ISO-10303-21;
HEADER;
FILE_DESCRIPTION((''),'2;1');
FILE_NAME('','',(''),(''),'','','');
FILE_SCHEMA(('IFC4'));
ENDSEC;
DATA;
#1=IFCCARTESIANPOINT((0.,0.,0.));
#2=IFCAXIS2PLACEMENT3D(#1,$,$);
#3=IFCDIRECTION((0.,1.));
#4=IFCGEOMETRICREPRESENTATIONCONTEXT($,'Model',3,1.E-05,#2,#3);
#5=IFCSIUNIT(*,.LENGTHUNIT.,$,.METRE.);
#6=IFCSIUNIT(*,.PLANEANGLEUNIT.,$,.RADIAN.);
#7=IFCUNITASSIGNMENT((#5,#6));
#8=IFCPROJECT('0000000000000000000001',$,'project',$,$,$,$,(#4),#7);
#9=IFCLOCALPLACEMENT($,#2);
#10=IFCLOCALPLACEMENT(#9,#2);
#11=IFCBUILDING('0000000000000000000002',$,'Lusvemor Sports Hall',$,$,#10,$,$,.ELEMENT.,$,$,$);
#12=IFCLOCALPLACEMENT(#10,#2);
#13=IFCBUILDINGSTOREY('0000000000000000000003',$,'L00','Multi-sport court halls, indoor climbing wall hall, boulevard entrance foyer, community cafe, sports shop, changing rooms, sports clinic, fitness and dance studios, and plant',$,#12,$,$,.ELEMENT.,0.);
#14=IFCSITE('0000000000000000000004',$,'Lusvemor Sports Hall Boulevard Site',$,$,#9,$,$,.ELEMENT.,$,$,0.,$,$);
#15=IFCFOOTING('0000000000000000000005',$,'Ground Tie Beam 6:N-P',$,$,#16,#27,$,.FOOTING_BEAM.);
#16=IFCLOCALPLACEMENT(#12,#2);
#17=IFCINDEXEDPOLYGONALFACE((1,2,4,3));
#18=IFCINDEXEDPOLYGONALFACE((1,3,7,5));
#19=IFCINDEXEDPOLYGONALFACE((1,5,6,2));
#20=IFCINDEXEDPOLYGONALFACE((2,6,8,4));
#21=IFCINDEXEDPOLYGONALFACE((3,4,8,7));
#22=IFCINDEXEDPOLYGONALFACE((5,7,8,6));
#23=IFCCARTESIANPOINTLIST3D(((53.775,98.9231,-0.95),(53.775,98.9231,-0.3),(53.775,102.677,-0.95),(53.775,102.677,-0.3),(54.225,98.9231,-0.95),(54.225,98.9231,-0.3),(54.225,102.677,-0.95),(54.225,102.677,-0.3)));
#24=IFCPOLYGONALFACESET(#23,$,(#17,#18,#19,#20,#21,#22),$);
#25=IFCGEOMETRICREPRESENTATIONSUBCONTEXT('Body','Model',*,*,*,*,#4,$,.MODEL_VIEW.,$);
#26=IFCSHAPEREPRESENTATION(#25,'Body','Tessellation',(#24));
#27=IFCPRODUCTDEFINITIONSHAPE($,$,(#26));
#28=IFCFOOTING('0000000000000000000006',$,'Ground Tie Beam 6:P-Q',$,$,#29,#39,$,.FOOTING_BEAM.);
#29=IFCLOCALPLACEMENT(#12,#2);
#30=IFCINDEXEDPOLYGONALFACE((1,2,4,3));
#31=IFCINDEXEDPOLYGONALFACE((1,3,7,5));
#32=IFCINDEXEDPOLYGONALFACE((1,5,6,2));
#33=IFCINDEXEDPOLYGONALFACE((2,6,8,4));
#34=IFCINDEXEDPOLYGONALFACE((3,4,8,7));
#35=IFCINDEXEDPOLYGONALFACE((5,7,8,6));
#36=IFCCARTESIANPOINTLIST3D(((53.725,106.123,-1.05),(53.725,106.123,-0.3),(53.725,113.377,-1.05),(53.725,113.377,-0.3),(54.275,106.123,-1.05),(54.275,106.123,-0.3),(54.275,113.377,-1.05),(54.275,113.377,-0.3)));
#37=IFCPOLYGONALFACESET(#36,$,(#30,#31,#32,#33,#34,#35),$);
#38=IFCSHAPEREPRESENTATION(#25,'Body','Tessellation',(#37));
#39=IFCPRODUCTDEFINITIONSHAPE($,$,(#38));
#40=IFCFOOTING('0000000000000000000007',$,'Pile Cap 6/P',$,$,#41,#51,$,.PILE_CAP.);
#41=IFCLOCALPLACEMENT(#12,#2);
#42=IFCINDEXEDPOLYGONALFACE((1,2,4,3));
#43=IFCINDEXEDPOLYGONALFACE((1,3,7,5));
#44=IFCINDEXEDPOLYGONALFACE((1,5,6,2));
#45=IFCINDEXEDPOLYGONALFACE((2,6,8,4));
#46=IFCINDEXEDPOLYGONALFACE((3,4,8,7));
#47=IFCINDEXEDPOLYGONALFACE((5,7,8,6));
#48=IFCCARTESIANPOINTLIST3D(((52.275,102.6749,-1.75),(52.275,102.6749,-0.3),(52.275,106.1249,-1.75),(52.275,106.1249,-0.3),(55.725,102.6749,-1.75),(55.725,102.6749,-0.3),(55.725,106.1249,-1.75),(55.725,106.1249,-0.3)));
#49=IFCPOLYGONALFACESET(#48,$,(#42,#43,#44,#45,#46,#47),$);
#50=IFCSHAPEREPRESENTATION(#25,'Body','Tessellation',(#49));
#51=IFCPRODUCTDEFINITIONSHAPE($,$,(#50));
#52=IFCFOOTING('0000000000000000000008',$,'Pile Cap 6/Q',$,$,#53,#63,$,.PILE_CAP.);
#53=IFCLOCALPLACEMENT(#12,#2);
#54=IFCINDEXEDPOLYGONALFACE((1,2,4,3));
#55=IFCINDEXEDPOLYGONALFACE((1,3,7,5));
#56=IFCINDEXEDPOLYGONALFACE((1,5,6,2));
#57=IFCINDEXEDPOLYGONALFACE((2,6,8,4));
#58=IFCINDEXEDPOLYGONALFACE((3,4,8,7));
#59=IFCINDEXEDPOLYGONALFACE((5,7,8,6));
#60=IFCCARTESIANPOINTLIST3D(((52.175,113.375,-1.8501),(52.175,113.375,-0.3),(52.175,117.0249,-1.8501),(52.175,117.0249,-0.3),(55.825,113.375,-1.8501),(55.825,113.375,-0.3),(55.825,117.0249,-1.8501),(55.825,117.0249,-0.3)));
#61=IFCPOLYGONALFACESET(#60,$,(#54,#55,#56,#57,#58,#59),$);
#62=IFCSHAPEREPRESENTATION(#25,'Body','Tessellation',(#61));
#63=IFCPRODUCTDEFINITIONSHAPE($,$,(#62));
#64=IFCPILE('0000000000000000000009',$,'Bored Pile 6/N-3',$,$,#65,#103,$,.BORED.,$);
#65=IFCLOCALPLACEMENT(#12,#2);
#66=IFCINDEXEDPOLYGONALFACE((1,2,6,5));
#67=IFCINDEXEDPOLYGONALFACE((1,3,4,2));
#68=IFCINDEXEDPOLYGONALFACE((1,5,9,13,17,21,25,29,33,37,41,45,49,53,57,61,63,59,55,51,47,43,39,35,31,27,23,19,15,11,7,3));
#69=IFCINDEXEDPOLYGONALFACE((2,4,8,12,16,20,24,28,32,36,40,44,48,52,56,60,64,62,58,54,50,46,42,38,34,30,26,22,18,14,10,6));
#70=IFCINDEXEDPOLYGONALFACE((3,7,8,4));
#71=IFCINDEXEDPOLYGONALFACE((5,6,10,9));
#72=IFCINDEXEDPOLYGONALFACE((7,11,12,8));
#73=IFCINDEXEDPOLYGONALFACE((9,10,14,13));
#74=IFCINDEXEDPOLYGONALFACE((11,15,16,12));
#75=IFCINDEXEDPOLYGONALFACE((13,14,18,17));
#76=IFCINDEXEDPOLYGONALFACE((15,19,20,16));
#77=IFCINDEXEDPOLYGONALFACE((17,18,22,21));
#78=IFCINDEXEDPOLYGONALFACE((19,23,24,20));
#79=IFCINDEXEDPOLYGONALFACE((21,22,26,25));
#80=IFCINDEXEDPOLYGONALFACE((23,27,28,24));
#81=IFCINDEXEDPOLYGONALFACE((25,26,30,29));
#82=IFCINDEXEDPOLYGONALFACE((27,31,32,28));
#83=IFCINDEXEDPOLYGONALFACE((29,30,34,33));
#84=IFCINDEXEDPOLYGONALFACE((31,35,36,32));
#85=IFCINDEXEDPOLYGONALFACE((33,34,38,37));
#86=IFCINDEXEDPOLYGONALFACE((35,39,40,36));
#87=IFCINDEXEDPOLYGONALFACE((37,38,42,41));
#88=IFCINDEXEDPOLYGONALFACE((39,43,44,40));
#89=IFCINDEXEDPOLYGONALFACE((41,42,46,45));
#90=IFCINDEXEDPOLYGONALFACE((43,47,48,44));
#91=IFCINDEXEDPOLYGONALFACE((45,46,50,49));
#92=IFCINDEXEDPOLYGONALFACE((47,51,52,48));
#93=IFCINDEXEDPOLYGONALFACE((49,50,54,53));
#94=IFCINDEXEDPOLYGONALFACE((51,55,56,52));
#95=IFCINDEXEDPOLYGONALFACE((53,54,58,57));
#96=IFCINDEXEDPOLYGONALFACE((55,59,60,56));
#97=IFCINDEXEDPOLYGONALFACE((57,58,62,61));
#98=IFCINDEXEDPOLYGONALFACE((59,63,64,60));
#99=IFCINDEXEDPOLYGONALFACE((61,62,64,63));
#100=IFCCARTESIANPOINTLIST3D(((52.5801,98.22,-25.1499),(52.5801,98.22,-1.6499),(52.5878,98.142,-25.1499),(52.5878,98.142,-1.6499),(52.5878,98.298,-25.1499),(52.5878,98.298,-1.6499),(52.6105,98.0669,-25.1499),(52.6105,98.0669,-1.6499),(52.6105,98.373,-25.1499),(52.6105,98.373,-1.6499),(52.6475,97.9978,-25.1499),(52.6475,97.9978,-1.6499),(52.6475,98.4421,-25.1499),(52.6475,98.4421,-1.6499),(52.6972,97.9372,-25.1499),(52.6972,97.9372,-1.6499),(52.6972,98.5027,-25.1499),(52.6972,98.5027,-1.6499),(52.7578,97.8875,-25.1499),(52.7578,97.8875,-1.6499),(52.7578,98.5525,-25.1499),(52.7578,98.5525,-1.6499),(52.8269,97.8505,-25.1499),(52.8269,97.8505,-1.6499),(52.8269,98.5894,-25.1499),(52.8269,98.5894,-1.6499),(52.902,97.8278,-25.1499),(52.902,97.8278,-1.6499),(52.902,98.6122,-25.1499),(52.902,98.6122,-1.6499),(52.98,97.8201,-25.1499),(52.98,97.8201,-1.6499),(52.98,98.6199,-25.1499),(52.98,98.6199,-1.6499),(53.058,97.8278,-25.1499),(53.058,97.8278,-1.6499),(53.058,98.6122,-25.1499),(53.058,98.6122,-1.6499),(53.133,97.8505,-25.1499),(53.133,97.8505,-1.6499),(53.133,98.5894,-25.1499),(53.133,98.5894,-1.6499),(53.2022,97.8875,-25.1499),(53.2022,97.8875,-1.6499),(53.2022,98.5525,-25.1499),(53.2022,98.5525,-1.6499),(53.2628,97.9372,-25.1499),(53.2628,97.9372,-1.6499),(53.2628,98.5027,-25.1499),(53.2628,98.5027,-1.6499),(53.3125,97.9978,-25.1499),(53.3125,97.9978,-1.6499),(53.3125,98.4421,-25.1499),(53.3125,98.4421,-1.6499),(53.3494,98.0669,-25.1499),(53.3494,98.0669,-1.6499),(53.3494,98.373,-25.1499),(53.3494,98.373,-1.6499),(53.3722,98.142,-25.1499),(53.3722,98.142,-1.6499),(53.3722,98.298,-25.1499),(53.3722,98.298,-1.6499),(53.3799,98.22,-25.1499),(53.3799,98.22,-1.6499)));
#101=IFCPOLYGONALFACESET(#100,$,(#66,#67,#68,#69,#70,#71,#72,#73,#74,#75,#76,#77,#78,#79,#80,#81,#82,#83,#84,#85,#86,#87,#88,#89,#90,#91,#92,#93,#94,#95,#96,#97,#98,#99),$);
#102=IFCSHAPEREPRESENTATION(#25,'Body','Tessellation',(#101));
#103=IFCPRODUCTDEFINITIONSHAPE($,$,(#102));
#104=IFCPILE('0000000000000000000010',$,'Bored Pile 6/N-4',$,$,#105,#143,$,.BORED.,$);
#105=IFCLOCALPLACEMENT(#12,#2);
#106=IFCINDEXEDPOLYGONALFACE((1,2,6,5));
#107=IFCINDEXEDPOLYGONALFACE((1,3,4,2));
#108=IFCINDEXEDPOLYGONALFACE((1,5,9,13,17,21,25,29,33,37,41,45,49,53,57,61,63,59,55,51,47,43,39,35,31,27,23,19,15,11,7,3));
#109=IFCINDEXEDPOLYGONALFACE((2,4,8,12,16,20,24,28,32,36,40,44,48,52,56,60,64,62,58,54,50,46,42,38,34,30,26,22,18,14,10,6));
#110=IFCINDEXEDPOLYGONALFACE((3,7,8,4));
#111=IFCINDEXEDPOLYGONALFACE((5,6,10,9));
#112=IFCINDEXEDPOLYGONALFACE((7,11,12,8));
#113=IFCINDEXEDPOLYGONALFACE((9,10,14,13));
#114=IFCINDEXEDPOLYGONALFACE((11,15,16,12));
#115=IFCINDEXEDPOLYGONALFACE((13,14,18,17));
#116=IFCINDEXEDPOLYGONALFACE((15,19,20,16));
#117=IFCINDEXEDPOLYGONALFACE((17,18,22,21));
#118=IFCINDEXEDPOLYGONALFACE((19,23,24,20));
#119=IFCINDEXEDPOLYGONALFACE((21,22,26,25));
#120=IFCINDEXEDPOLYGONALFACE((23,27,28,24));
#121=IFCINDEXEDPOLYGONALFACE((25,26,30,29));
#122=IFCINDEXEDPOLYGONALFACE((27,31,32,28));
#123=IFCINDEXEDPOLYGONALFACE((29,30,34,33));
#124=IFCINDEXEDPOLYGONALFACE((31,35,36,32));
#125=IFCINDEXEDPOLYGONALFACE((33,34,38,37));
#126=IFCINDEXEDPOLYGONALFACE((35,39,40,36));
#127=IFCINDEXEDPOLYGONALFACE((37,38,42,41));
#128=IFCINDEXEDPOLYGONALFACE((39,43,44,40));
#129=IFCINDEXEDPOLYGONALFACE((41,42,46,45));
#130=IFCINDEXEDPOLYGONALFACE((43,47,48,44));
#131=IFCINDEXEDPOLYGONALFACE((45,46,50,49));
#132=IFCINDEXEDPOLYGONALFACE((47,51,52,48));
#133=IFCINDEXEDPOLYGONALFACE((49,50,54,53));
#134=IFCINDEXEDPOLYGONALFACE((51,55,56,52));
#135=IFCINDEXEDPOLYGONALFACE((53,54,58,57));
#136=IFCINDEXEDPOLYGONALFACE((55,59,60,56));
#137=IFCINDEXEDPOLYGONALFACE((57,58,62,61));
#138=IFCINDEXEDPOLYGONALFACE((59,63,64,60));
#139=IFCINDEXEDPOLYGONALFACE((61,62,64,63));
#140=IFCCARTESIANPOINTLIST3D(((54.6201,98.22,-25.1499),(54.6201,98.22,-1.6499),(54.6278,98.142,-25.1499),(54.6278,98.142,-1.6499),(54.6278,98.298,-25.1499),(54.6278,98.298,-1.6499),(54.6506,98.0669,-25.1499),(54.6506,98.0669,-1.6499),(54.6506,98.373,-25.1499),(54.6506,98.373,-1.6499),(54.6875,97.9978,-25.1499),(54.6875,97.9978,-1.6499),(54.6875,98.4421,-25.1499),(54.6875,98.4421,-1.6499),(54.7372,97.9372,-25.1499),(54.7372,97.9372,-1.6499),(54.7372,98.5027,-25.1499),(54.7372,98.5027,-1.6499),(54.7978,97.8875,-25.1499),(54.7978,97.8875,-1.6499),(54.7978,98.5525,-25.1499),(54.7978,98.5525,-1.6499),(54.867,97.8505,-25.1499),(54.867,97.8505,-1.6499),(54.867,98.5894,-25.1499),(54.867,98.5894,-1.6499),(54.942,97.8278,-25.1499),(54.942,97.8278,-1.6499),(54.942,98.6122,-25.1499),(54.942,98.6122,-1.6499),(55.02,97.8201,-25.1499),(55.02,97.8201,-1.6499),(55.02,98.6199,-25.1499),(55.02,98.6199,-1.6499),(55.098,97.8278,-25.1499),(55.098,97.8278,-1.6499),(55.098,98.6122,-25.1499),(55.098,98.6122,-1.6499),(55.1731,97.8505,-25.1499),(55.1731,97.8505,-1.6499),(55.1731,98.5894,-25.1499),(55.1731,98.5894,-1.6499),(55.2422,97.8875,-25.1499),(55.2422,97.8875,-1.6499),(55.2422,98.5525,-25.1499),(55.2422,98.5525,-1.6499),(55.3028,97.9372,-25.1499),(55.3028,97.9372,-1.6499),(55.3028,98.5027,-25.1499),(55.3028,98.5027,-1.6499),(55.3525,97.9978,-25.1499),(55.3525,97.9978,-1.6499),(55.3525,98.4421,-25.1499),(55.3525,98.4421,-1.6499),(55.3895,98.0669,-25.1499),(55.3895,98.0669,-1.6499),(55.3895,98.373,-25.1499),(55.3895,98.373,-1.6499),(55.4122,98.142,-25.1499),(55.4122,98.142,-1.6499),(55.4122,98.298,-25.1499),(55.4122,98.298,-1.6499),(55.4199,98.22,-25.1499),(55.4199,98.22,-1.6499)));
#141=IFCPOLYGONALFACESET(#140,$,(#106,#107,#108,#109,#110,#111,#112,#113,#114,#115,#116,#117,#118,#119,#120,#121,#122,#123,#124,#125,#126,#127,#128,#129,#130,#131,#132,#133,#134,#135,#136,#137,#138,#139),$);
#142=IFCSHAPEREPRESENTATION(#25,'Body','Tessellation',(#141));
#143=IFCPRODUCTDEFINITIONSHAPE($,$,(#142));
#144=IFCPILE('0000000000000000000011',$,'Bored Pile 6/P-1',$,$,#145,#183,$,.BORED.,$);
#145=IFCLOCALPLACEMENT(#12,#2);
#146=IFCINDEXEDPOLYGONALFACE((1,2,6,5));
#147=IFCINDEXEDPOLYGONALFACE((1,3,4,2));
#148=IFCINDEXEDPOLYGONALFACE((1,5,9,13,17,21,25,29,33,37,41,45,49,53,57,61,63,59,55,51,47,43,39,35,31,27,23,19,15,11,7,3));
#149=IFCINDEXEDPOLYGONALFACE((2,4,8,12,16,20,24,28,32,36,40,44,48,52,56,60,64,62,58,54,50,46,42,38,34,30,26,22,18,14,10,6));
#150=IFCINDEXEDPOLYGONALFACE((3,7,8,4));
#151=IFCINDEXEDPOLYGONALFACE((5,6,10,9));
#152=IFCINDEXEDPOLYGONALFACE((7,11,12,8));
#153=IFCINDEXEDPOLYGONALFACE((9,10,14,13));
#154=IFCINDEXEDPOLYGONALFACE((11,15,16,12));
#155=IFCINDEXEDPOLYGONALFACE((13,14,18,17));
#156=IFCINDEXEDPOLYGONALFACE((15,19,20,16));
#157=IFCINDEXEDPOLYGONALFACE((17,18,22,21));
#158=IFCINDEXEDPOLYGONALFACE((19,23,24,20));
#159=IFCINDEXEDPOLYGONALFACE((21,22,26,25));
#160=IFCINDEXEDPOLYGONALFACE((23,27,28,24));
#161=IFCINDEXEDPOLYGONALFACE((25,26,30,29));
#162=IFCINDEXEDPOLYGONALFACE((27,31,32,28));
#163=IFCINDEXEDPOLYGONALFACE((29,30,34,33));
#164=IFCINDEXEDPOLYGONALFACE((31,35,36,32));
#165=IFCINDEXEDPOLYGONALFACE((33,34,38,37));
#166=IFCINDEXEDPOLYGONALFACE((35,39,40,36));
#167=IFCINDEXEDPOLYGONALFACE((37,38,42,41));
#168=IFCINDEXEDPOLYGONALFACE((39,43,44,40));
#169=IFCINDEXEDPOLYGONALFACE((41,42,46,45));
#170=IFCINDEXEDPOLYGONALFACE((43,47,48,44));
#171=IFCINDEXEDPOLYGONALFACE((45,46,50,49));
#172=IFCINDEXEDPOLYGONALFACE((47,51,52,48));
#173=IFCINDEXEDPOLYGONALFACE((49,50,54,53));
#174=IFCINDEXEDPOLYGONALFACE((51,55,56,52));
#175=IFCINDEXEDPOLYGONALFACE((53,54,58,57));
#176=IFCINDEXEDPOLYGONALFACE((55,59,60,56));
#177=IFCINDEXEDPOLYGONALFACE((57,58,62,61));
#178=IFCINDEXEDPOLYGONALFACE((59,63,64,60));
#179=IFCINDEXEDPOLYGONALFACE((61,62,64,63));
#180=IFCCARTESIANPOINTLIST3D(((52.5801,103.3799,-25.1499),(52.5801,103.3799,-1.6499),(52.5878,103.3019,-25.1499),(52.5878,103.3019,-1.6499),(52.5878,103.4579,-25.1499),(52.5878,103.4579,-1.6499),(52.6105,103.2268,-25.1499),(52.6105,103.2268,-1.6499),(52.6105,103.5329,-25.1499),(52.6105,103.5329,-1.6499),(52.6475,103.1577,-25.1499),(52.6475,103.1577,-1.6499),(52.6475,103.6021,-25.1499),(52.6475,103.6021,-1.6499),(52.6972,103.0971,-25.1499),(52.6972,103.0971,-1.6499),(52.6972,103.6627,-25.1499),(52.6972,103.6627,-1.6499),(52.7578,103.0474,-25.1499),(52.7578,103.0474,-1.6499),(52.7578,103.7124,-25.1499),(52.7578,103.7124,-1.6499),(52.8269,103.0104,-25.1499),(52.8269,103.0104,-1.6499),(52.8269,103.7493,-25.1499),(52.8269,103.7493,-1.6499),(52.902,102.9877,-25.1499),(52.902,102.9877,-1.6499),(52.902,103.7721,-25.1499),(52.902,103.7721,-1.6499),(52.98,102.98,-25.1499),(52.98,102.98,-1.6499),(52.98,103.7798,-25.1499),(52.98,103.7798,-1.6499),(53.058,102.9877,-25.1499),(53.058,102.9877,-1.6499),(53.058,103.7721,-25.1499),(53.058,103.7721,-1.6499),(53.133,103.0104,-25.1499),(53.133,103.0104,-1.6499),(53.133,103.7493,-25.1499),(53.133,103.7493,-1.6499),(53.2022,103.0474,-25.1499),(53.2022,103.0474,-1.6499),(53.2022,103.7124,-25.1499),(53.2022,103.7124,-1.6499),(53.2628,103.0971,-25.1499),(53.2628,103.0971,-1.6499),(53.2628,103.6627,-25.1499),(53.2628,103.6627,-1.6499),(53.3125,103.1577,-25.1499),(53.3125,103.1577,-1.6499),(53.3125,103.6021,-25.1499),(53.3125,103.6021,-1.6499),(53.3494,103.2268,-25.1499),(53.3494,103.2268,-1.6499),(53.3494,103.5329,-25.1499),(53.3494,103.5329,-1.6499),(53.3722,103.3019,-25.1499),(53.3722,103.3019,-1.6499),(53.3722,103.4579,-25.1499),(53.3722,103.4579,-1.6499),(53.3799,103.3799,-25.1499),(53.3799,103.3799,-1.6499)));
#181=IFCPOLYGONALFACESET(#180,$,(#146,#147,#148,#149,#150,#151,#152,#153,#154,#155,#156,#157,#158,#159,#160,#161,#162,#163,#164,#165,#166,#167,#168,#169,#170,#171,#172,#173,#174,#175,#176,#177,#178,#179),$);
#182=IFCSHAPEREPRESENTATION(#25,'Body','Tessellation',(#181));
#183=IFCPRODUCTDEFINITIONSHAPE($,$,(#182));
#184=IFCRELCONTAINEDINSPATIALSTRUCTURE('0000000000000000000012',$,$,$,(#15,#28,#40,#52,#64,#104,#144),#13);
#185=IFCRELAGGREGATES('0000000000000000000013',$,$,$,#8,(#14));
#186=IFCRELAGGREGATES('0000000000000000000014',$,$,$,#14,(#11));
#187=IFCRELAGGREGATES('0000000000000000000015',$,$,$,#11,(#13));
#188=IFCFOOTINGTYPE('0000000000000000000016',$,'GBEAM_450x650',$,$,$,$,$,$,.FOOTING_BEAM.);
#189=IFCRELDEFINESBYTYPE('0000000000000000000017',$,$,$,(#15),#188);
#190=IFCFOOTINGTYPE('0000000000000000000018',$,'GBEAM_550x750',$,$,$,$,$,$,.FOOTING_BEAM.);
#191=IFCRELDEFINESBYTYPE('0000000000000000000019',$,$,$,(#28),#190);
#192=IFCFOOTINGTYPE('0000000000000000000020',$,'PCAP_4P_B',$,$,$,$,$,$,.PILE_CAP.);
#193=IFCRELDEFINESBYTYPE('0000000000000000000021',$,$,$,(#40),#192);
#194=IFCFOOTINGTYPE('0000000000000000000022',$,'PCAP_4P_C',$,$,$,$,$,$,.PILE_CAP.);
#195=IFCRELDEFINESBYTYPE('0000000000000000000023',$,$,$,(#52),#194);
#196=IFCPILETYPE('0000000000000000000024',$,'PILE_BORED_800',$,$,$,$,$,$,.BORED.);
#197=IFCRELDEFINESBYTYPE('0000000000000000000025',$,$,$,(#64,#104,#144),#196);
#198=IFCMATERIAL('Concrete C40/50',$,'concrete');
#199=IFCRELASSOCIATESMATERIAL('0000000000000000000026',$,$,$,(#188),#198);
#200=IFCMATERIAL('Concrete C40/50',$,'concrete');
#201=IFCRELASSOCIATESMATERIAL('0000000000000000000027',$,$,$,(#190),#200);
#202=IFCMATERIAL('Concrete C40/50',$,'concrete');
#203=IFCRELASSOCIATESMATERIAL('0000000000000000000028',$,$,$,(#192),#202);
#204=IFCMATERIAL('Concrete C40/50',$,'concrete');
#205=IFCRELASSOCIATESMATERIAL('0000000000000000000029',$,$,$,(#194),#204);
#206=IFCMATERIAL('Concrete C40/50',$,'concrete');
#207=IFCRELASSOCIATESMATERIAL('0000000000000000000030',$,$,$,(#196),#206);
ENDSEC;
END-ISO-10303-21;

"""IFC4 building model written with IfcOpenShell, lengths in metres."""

from ifc_helpers import new_model, si_unit, direction, frame, origin, origin_2d, place, context, subcontext, project, spatial, rectangle, circle, extrude, material, material_profile, profile_set, type_object, element, save


model = new_model("IFC4")

# Units and contexts
model_context = context("Model", 3, precision=1e-05, world=origin(), true_north=direction((0.0, 1.0)))
body_context = subcontext(model_context, "Body", "Model", "MODEL_VIEW")
ifc_project = project(units=[si_unit("LENGTHUNIT", "METRE"), si_unit("PLANEANGLEUNIT", "RADIAN")], contexts=[model_context])

# Site, building, storey
site_placement = place(None, origin())
site = spatial("IfcSite", under=ifc_project, at=site_placement, Name="Lusvemor Sports Hall Boulevard Site", CompositionType="ELEMENT", RefElevation=0.0)
building_placement = place(site_placement, origin())
building = spatial("IfcBuilding", under=site, at=building_placement, Name="Lusvemor Sports Hall", CompositionType="ELEMENT")
storey_placement = place(building_placement, origin())
storey = spatial("IfcBuildingStorey", under=building, at=storey_placement, Name="L00", Description="Multi-sport court halls, indoor climbing wall hall, boulevard entrance foyer, community cafe, sports shop, changing rooms, sports clinic, fitness and dance studios, and plant", CompositionType="ELEMENT", Elevation=0.0)

# Footings
ifc_material_1 = material(Name="Concrete C40/50", Category="concrete")
ifc_material_profile_1 = material_profile(ifc_material_1, rectangle(XDim=0.45, YDim=0.6499, at=origin_2d()), Name="GB_450x650")
ifc_profile_set_1 = profile_set([ifc_material_profile_1], Name="Concrete C40/50")
footing_type_1 = type_object("IfcFootingType", Name="GBEAM_450x650", PredefinedType="FOOTING_BEAM", material=ifc_profile_set_1)
footing_1_placement = place(storey_placement, frame((54.0, 98.9231, -0.625), z_axis=(0.0, 1.0, 0.0), x_axis=(-1.0, 0.0, 0.0)))
element("IfcFooting", 1, at=footing_1_placement, inside=storey, type_object=footing_type_1, Name="Ground Tie Beam 6:N-P", PredefinedType="FOOTING_BEAM", context=body_context, shape_type="SweptSolid", body=[
    extrude(rectangle(XDim=0.45, YDim=0.6499, at=origin_2d()), origin(), (0.0, 0.0, 1.0), 3.7539),
])
ifc_material_2 = material(Name="Concrete C40/50", Category="concrete")
ifc_material_profile_2 = material_profile(ifc_material_2, rectangle(XDim=0.55, YDim=0.75, at=origin_2d()), Name="GB_550x750")
ifc_profile_set_2 = profile_set([ifc_material_profile_2], Name="Concrete C40/50")
footing_type_2 = type_object("IfcFootingType", Name="GBEAM_550x750", PredefinedType="FOOTING_BEAM", material=ifc_profile_set_2)
footing_2_placement = place(storey_placement, frame((54.0, 106.123, -0.675), z_axis=(0.0, 1.0, 0.0), x_axis=(-1.0, 0.0, 0.0)))
element("IfcFooting", 2, at=footing_2_placement, inside=storey, type_object=footing_type_2, Name="Ground Tie Beam 6:P-Q", PredefinedType="FOOTING_BEAM", context=body_context, shape_type="SweptSolid", body=[
    extrude(rectangle(XDim=0.55, YDim=0.75, at=origin_2d()), origin(), (0.0, 0.0, 1.0), 7.2539),
])
ifc_material_3 = material(Name="Concrete C40/50", Category="concrete")
footing_type_3 = type_object("IfcFootingType", Name="PCAP_4P_B", PredefinedType="PILE_CAP", material=ifc_material_3)
footing_3_placement = place(storey_placement, frame((54.0, 104.3999, -1.75), z_axis=(0.0, 0.0, 1.0), x_axis=(1.0, 0.0, 0.0)))
element("IfcFooting", 3, at=footing_3_placement, inside=storey, type_object=footing_type_3, Name="Pile Cap 6/P", PredefinedType="PILE_CAP", context=body_context, shape_type="SweptSolid", body=[
    extrude(rectangle(XDim=3.45, YDim=3.45, at=origin_2d()), origin(), (0.0, 0.0, 1.0), 1.45),
])
ifc_material_4 = material(Name="Concrete C40/50", Category="concrete")
footing_type_4 = type_object("IfcFootingType", Name="PCAP_4P_C", PredefinedType="PILE_CAP", material=ifc_material_4)
footing_4_placement = place(storey_placement, frame((54.0, 115.2, -1.8501), z_axis=(0.0, 0.0, 1.0), x_axis=(1.0, 0.0, 0.0)))
element("IfcFooting", 4, at=footing_4_placement, inside=storey, type_object=footing_type_4, Name="Pile Cap 6/Q", PredefinedType="PILE_CAP", context=body_context, shape_type="SweptSolid", body=[
    extrude(rectangle(XDim=3.6499, YDim=3.6499, at=origin_2d()), origin(), (0.0, 0.0, 1.0), 1.55),
])

# Piles
ifc_material_5 = material(Name="Concrete C40/50", Category="concrete")
ifc_material_profile_3 = material_profile(ifc_material_5, circle(Radius=0.3999, at=origin_2d()), Name="PILE800")
ifc_profile_set_3 = profile_set([ifc_material_profile_3], Name="Concrete C40/50")
pile_type = type_object("IfcPileType", Name="PILE_BORED_800", PredefinedType="BORED", material=ifc_profile_set_3)
for number, where, z_axis, x_axis, name in (
    (5, (52.98, 98.22, -1.6499), (0.0, 0.0, -1.0), (1.0, 0.0, 0.0), "Bored Pile 6/N-3"),
    (6, (55.02, 98.22, -1.6499), (0.0, 0.0, -1.0), (1.0, 0.0, 0.0), "Bored Pile 6/N-4"),
    (7, (52.98, 103.3799, -1.6499), (0.0, 0.0, -1.0), (1.0, 0.0, 0.0), "Bored Pile 6/P-1"),
):
    element("IfcPile", number, at=place(storey_placement, frame(where, z_axis=z_axis, x_axis=x_axis)), inside=storey, type_object=pile_type, Name=name, PredefinedType="BORED", context=body_context, shape_type="SweptSolid", body=[
        extrude(circle(Radius=0.3999, at=origin_2d()), origin(), (0.0, 0.0, 1.0), 23.5),
    ])

save(model, "model.ifc")
